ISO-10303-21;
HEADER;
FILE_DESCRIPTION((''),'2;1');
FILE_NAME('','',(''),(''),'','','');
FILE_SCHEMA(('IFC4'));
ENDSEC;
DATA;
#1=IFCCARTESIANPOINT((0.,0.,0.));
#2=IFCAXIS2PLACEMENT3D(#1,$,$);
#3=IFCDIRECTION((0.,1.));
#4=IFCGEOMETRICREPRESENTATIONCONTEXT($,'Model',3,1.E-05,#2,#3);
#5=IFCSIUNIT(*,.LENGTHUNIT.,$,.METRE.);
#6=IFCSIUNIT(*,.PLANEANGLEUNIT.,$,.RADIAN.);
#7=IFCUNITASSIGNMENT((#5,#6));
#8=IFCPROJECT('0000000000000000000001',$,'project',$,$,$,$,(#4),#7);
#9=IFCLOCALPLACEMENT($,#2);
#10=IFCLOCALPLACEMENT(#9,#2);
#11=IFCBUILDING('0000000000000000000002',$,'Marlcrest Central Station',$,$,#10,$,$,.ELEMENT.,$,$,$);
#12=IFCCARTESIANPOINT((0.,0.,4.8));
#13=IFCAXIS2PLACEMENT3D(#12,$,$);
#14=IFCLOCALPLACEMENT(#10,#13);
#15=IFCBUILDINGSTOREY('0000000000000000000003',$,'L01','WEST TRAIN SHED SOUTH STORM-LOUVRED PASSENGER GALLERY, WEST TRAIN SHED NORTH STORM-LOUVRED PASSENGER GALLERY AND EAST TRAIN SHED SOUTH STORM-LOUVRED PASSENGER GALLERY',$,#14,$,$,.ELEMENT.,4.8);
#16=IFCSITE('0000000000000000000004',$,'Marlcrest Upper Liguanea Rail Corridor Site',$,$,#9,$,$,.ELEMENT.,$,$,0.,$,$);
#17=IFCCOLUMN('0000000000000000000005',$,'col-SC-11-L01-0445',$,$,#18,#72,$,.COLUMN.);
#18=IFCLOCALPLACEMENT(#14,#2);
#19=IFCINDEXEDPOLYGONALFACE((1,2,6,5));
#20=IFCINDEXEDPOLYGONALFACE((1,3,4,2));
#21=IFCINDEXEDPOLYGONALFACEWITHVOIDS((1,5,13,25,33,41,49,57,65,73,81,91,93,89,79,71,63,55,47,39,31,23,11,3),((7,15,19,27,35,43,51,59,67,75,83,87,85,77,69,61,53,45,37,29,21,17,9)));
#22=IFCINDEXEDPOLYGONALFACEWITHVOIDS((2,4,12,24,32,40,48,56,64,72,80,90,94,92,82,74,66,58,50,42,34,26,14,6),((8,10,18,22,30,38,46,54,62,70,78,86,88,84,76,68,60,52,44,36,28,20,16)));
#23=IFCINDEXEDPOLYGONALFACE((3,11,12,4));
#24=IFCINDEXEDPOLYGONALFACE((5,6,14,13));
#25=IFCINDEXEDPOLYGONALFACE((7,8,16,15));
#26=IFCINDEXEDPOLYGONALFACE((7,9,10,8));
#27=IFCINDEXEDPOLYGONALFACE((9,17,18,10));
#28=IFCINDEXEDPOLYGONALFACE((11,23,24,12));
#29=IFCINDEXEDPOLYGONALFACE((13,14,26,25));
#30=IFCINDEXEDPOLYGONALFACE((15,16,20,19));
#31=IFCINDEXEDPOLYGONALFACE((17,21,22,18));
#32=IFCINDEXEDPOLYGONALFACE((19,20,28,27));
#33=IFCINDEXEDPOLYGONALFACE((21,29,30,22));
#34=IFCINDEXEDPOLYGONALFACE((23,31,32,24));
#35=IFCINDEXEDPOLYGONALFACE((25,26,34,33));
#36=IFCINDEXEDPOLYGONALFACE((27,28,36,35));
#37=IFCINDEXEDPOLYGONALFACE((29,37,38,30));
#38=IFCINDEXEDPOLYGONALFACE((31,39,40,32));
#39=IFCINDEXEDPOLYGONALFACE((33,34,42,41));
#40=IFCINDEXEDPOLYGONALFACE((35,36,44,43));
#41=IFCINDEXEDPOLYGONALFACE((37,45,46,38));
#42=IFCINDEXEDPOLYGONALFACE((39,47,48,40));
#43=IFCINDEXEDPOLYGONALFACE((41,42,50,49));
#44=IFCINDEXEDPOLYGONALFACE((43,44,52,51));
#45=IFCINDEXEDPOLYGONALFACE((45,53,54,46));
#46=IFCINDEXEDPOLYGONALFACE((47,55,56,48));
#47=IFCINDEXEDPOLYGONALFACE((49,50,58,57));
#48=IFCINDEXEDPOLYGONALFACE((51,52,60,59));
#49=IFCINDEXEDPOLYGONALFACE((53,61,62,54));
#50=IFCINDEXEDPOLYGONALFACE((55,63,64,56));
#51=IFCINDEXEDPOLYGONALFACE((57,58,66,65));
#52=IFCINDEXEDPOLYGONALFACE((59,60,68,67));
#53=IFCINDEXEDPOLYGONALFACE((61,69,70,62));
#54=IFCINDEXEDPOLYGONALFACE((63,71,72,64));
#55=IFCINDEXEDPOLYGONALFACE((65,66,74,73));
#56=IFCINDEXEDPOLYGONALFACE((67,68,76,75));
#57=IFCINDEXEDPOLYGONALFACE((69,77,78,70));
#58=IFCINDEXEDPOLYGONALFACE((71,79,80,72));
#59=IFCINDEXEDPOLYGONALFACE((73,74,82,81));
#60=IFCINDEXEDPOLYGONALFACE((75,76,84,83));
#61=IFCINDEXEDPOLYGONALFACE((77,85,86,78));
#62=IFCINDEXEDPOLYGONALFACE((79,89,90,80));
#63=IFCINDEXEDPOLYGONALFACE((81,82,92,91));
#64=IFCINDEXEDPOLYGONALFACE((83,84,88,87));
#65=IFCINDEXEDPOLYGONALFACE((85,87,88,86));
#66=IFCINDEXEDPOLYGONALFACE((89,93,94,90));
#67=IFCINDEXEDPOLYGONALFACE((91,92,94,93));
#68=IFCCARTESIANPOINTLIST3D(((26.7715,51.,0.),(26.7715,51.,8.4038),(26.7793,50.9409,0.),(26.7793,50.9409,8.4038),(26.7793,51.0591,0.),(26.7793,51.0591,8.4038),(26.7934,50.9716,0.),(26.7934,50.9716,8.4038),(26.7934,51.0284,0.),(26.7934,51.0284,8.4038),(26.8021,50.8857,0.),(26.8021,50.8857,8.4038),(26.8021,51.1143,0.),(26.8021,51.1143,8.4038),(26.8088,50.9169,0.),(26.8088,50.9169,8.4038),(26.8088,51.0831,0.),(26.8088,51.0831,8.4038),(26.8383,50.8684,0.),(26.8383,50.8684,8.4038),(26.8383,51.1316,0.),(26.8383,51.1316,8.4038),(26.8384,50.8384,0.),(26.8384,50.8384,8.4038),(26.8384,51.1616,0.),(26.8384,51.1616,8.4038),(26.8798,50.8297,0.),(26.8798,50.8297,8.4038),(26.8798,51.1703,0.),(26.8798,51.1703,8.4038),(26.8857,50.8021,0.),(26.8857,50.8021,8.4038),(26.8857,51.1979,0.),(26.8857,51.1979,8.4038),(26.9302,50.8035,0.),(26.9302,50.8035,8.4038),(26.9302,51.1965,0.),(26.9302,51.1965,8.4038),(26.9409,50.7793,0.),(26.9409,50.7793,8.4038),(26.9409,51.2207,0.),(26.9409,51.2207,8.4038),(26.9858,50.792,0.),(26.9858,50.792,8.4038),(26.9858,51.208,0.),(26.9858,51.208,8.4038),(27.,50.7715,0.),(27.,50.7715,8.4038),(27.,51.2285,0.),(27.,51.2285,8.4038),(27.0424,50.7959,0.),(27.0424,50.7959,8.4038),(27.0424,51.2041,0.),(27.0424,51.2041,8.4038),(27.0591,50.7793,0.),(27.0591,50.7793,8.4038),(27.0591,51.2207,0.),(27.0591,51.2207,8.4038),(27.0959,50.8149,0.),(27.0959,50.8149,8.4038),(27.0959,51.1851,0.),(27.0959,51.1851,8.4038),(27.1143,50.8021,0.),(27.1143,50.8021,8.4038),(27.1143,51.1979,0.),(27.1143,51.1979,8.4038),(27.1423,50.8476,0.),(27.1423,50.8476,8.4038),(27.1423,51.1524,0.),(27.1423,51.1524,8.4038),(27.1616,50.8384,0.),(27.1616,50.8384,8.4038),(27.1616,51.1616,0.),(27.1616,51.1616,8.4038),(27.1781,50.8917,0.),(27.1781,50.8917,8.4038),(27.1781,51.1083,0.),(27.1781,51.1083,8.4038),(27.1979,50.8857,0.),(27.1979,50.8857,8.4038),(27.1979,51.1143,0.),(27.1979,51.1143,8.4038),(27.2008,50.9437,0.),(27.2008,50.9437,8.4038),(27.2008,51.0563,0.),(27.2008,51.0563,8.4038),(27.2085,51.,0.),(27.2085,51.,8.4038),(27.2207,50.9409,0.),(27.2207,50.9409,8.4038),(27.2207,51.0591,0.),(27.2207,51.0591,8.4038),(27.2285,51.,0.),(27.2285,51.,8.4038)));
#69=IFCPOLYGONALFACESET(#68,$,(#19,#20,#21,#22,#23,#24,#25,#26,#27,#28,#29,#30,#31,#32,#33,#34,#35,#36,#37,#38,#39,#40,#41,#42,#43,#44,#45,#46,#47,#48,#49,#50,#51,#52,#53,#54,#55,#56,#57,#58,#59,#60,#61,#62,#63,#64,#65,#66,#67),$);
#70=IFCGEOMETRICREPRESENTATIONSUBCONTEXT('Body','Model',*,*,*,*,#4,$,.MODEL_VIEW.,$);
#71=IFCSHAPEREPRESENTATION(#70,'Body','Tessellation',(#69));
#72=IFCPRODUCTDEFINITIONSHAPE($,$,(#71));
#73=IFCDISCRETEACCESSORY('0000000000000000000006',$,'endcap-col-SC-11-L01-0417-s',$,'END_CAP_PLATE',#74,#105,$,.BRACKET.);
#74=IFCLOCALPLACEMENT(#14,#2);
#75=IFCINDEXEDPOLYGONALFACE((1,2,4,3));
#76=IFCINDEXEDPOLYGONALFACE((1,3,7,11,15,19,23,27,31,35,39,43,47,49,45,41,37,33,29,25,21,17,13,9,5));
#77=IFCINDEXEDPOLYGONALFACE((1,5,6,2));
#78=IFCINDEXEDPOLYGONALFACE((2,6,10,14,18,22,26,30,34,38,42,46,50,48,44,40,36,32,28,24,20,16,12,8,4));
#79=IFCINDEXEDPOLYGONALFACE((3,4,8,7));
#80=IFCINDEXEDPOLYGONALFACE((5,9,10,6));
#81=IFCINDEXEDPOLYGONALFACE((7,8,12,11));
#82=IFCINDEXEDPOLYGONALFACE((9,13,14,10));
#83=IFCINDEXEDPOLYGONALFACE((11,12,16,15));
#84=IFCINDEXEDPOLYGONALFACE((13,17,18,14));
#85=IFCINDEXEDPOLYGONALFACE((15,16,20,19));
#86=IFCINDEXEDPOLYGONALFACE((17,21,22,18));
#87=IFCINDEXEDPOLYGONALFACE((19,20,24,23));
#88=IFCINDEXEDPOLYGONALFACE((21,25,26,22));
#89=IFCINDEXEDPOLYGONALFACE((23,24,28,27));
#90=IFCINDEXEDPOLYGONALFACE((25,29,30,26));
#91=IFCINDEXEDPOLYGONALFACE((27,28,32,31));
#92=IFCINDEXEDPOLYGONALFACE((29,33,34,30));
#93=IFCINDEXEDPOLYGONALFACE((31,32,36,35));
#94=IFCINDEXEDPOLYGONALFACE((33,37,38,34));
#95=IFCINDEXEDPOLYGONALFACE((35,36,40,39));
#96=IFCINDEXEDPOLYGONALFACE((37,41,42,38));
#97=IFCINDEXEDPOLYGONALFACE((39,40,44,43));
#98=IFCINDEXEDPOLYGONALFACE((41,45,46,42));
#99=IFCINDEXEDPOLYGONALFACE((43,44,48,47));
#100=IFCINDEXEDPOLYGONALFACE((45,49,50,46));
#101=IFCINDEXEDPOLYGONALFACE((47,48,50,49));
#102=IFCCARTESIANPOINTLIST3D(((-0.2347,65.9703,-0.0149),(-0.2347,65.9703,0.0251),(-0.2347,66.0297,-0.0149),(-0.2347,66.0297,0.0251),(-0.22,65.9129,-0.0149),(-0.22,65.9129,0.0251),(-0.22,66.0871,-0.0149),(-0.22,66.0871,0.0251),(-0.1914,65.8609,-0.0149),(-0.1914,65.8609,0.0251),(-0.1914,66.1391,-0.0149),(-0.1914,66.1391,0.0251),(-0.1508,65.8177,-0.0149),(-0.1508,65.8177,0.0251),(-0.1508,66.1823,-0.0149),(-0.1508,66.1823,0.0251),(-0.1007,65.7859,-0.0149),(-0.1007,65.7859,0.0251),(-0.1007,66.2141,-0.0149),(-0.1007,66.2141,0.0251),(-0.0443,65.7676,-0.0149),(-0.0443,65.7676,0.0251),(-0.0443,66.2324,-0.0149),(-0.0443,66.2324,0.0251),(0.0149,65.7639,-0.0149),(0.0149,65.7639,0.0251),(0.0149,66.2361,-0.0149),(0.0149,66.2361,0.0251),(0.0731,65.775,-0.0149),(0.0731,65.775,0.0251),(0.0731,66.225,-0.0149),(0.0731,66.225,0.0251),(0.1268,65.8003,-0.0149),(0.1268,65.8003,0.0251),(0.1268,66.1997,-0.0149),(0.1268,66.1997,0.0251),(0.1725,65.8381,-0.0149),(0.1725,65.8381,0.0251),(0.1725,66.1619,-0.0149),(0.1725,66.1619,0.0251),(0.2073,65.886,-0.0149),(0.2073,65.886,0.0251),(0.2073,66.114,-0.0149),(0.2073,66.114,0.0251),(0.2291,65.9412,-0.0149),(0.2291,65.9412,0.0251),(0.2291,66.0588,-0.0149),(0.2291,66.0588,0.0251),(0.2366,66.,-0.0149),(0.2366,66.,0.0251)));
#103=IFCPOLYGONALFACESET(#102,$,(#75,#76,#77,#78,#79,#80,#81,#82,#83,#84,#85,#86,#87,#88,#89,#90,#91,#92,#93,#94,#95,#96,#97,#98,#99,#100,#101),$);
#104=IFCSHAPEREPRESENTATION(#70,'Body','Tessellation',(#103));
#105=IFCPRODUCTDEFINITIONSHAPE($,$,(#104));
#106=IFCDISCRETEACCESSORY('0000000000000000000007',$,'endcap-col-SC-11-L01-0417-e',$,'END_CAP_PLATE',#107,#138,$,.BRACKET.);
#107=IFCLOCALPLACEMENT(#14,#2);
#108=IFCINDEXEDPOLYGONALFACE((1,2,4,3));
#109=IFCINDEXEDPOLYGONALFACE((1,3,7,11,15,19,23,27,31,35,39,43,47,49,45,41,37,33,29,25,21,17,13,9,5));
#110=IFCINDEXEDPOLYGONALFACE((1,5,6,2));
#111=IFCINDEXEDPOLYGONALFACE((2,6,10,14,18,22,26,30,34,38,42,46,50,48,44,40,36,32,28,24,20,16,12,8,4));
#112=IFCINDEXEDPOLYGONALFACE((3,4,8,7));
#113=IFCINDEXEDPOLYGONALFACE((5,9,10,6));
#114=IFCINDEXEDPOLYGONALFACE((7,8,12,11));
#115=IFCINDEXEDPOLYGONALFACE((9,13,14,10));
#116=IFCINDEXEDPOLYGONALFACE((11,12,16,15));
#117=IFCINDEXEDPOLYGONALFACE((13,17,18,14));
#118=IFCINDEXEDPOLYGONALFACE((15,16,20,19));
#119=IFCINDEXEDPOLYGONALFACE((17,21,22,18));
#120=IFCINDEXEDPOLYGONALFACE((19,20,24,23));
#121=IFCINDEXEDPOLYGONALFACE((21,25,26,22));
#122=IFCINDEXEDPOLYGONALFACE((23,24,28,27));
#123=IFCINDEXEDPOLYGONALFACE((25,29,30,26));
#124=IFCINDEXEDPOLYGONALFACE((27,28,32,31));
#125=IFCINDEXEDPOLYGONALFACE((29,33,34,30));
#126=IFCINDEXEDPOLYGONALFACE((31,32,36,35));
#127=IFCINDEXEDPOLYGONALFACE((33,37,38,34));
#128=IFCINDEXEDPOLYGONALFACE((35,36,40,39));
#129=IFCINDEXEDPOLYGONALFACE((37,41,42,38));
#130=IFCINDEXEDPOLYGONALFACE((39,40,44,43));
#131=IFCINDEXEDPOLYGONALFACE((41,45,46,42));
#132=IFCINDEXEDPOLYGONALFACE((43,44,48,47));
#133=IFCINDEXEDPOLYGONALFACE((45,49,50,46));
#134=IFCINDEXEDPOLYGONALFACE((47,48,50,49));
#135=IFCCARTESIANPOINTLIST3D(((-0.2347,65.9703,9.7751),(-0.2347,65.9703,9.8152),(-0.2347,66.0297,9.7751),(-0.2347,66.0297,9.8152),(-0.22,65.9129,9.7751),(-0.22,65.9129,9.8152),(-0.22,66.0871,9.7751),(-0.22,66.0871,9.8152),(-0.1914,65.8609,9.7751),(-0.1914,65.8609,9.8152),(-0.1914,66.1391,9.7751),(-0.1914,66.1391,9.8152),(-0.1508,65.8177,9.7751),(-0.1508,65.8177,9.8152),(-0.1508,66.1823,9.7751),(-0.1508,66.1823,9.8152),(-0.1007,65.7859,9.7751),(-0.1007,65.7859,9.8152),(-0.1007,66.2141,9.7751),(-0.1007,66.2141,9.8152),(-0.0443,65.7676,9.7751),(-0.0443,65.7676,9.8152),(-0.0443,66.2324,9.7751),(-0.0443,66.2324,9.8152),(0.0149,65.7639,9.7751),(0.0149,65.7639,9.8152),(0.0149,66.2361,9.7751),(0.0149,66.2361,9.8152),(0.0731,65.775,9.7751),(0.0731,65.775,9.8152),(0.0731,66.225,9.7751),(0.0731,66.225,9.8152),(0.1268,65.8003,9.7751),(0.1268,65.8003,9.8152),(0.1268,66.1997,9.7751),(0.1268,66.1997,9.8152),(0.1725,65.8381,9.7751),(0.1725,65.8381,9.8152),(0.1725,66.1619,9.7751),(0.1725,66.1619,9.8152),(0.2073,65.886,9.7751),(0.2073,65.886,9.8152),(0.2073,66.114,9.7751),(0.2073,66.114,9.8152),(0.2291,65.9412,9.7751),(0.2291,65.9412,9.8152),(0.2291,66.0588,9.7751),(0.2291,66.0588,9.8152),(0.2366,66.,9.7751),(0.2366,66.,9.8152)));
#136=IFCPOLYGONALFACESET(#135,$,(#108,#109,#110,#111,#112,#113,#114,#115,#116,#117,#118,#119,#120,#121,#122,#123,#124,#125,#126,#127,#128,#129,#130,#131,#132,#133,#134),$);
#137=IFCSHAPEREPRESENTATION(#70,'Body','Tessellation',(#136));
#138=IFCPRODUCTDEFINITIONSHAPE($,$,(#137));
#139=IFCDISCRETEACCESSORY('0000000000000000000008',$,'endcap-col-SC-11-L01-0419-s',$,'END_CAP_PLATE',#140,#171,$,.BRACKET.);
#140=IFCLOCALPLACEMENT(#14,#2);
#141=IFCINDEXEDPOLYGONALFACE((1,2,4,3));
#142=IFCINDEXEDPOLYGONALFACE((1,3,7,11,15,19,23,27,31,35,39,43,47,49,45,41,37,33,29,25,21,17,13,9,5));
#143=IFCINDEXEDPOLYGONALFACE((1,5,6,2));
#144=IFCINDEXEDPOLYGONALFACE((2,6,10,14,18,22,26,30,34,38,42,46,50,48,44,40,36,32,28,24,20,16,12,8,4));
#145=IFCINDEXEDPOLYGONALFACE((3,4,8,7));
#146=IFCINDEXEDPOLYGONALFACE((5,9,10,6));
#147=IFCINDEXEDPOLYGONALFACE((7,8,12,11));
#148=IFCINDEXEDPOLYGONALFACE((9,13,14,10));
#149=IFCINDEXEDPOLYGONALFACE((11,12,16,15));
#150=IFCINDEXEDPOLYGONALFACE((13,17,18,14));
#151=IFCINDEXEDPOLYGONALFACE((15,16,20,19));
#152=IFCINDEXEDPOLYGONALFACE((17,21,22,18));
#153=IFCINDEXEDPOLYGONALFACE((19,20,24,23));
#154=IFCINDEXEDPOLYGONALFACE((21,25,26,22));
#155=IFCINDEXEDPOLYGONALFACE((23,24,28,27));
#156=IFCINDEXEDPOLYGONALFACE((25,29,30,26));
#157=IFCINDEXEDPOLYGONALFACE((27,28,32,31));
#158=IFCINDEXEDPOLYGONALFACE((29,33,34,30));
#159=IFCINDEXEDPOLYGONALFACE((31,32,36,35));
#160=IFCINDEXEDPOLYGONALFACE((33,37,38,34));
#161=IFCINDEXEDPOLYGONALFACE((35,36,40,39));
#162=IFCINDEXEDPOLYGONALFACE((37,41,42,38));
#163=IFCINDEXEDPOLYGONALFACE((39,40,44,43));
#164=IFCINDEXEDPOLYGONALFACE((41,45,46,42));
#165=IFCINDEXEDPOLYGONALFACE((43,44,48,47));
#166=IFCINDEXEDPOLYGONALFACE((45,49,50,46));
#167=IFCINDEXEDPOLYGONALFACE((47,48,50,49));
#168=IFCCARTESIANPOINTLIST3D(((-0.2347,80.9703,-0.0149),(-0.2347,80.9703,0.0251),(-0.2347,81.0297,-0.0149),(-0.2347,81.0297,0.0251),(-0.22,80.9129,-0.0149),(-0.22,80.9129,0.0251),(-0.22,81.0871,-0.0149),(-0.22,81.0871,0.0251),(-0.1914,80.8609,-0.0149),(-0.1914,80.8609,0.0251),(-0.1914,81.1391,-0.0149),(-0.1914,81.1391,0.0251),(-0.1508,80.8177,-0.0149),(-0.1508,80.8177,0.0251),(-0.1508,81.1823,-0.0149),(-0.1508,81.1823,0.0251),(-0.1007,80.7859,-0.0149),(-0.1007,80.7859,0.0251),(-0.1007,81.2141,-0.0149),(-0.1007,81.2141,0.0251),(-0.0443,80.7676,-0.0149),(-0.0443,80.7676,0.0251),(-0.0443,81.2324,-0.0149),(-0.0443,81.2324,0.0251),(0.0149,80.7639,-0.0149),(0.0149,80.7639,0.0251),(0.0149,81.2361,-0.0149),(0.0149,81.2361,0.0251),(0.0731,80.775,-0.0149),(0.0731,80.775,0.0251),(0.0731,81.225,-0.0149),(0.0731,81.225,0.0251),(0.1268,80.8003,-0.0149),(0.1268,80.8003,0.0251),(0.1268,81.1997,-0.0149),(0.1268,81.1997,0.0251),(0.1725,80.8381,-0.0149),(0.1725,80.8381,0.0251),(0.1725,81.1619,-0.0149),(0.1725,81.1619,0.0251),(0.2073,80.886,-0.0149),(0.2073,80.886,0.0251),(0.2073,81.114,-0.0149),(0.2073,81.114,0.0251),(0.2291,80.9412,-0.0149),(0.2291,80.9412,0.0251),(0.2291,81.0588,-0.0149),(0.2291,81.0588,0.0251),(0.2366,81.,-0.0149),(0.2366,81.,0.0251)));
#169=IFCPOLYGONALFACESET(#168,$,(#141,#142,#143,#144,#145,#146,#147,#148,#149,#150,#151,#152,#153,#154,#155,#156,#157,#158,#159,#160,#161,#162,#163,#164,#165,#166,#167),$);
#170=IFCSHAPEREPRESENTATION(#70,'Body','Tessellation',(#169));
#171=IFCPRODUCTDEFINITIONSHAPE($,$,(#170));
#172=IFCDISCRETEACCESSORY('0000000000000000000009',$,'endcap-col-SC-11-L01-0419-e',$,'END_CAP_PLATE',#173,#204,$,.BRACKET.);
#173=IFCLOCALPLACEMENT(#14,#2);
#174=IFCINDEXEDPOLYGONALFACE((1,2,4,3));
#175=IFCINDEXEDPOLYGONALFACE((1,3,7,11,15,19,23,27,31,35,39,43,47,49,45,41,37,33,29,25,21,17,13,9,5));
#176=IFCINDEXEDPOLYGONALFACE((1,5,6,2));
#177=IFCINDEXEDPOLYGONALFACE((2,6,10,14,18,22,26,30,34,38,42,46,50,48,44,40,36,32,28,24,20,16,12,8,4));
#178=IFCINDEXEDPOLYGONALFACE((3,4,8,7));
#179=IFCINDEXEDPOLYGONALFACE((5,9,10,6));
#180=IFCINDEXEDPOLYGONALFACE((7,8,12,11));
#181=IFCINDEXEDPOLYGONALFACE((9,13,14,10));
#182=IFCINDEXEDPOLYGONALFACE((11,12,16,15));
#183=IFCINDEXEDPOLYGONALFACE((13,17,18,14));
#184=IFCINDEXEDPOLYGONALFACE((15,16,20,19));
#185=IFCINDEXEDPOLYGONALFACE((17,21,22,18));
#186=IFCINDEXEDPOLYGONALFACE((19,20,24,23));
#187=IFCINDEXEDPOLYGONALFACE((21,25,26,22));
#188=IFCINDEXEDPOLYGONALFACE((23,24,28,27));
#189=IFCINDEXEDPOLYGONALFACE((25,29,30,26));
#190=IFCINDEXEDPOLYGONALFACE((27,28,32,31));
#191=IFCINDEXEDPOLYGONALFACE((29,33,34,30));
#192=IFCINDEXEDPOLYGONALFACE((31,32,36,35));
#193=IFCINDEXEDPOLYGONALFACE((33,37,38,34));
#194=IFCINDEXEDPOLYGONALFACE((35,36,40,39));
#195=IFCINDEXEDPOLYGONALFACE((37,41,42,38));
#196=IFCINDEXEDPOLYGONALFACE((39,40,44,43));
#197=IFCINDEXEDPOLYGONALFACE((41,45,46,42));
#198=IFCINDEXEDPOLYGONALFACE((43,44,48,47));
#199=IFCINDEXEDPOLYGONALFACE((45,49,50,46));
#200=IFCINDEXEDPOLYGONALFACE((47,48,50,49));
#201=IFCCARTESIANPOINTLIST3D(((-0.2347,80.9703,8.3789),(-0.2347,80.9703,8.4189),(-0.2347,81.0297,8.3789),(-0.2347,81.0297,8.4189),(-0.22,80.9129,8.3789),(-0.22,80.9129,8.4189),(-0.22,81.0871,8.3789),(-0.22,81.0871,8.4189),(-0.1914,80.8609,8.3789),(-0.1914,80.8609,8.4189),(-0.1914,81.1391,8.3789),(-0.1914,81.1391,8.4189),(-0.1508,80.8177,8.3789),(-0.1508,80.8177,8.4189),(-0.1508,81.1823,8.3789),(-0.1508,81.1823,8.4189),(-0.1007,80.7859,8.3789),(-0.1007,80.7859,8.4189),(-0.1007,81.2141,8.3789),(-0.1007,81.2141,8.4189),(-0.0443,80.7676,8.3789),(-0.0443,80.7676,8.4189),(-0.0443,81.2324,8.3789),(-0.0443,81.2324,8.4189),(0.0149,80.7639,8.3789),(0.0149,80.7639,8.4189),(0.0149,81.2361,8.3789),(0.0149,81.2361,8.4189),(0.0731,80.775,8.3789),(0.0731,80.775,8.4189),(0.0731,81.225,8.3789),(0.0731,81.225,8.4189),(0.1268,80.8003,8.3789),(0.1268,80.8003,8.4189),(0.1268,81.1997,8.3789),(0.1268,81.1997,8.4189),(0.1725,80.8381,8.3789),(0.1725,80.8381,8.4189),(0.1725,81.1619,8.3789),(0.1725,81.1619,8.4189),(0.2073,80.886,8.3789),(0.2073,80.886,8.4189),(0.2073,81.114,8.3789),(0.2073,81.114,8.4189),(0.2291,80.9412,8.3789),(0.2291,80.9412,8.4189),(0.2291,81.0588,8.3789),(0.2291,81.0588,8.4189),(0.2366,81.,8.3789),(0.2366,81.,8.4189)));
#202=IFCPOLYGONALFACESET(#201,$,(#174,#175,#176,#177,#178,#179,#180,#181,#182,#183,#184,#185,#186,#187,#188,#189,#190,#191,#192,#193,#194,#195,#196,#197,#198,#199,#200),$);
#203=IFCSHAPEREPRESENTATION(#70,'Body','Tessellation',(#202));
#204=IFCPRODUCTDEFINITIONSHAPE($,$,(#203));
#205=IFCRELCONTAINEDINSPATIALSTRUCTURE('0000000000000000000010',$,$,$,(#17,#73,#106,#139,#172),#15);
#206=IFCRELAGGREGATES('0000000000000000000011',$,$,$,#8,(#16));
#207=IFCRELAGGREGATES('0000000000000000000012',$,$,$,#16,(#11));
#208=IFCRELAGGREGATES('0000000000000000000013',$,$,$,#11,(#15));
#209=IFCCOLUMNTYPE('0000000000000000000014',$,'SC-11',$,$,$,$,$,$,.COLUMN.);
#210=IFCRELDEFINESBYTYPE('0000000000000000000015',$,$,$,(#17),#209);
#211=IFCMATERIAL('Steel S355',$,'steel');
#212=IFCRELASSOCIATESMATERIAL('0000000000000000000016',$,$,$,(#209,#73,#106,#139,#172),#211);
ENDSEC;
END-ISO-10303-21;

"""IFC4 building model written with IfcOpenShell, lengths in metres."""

from ifc_helpers import new_model, si_unit, direction, frame, origin, origin_2d, place, context, subcontext, project, spatial, circle, hollow_circle, extrude, material, material_profile, profile_set, type_object, element, save


model = new_model("IFC4")

# Units and contexts
model_context = context("Model", 3, precision=1e-05, world=origin(), true_north=direction((0.0, 1.0)))
body_context = subcontext(model_context, "Body", "Model", "MODEL_VIEW")
ifc_project = project(units=[si_unit("LENGTHUNIT", "METRE"), si_unit("PLANEANGLEUNIT", "RADIAN")], contexts=[model_context])

# Site, building, storey
site_placement = place(None, origin())
site = spatial("IfcSite", under=ifc_project, at=site_placement, Name="Marlcrest Upper Liguanea Rail Corridor Site", CompositionType="ELEMENT", RefElevation=0.0)
building_placement = place(site_placement, origin())
building = spatial("IfcBuilding", under=site, at=building_placement, Name="Marlcrest Central Station", CompositionType="ELEMENT")
storey_placement = place(building_placement, frame((0.0, 0.0, 4.8)))
storey = spatial("IfcBuildingStorey", under=building, at=storey_placement, Name="L01", Description="WEST TRAIN SHED SOUTH STORM-LOUVRED PASSENGER GALLERY, WEST TRAIN SHED NORTH STORM-LOUVRED PASSENGER GALLERY AND EAST TRAIN SHED SOUTH STORM-LOUVRED PASSENGER GALLERY", CompositionType="ELEMENT", Elevation=4.8)

# Column
ifc_material = material(Name="Steel S355", Category="steel")
ifc_material_profile = material_profile(ifc_material, hollow_circle(Radius=0.2285, WallThickness=0.02, at=origin_2d()), Name="CHS 457x20")
ifc_profile_set = profile_set([ifc_material_profile], Name="Steel S355")
column_type = type_object("IfcColumnType", Name="SC-11", PredefinedType="COLUMN", material=ifc_profile_set)
for number, where, z_axis, x_axis, name in (
    (1, (27.0, 51.0, 0.0), (0.0, 0.0, 1.0), (1.0, 0.0, 0.0), "col-SC-11-L01-0445"),
):
    element("IfcColumn", number, at=place(storey_placement, frame(where, z_axis=z_axis, x_axis=x_axis)), inside=storey, type_object=column_type, Name=name, PredefinedType="COLUMN", context=body_context, shape_type="SweptSolid", body=[
        extrude(hollow_circle(Radius=0.2285, WallThickness=0.02, at=origin_2d()), origin(), (0.0, 0.0, 1.0), 8.4038),
    ])

# Discrete accessories
for number, where, z_axis, x_axis, name in (
    (2, (0.0, 66.0, -0.0149), (0.0, 0.0, 1.0), (1.0, 0.0, 0.0), "endcap-col-SC-11-L01-0417-s"),
    (3, (0.0, 66.0, 9.7751), (0.0, 0.0, 1.0), (1.0, 0.0, 0.0), "endcap-col-SC-11-L01-0417-e"),
    (4, (0.0, 81.0, -0.0149), (0.0, 0.0, 1.0), (1.0, 0.0, 0.0), "endcap-col-SC-11-L01-0419-s"),
    (5, (0.0, 81.0, 8.3789), (0.0, 0.0, 1.0), (1.0, 0.0, 0.0), "endcap-col-SC-11-L01-0419-e"),
):
    element("IfcDiscreteAccessory", number, at=place(storey_placement, frame(where, z_axis=z_axis, x_axis=x_axis)), inside=storey, material=ifc_material, Name=name, ObjectType="END_CAP_PLATE", PredefinedType="BRACKET", context=body_context, shape_type="SweptSolid", body=[
        extrude(circle(Radius=0.2366, at=origin_2d()), origin(), (0.0, 0.0, 1.0), 0.04),
    ])

save(model, "model.ifc")
